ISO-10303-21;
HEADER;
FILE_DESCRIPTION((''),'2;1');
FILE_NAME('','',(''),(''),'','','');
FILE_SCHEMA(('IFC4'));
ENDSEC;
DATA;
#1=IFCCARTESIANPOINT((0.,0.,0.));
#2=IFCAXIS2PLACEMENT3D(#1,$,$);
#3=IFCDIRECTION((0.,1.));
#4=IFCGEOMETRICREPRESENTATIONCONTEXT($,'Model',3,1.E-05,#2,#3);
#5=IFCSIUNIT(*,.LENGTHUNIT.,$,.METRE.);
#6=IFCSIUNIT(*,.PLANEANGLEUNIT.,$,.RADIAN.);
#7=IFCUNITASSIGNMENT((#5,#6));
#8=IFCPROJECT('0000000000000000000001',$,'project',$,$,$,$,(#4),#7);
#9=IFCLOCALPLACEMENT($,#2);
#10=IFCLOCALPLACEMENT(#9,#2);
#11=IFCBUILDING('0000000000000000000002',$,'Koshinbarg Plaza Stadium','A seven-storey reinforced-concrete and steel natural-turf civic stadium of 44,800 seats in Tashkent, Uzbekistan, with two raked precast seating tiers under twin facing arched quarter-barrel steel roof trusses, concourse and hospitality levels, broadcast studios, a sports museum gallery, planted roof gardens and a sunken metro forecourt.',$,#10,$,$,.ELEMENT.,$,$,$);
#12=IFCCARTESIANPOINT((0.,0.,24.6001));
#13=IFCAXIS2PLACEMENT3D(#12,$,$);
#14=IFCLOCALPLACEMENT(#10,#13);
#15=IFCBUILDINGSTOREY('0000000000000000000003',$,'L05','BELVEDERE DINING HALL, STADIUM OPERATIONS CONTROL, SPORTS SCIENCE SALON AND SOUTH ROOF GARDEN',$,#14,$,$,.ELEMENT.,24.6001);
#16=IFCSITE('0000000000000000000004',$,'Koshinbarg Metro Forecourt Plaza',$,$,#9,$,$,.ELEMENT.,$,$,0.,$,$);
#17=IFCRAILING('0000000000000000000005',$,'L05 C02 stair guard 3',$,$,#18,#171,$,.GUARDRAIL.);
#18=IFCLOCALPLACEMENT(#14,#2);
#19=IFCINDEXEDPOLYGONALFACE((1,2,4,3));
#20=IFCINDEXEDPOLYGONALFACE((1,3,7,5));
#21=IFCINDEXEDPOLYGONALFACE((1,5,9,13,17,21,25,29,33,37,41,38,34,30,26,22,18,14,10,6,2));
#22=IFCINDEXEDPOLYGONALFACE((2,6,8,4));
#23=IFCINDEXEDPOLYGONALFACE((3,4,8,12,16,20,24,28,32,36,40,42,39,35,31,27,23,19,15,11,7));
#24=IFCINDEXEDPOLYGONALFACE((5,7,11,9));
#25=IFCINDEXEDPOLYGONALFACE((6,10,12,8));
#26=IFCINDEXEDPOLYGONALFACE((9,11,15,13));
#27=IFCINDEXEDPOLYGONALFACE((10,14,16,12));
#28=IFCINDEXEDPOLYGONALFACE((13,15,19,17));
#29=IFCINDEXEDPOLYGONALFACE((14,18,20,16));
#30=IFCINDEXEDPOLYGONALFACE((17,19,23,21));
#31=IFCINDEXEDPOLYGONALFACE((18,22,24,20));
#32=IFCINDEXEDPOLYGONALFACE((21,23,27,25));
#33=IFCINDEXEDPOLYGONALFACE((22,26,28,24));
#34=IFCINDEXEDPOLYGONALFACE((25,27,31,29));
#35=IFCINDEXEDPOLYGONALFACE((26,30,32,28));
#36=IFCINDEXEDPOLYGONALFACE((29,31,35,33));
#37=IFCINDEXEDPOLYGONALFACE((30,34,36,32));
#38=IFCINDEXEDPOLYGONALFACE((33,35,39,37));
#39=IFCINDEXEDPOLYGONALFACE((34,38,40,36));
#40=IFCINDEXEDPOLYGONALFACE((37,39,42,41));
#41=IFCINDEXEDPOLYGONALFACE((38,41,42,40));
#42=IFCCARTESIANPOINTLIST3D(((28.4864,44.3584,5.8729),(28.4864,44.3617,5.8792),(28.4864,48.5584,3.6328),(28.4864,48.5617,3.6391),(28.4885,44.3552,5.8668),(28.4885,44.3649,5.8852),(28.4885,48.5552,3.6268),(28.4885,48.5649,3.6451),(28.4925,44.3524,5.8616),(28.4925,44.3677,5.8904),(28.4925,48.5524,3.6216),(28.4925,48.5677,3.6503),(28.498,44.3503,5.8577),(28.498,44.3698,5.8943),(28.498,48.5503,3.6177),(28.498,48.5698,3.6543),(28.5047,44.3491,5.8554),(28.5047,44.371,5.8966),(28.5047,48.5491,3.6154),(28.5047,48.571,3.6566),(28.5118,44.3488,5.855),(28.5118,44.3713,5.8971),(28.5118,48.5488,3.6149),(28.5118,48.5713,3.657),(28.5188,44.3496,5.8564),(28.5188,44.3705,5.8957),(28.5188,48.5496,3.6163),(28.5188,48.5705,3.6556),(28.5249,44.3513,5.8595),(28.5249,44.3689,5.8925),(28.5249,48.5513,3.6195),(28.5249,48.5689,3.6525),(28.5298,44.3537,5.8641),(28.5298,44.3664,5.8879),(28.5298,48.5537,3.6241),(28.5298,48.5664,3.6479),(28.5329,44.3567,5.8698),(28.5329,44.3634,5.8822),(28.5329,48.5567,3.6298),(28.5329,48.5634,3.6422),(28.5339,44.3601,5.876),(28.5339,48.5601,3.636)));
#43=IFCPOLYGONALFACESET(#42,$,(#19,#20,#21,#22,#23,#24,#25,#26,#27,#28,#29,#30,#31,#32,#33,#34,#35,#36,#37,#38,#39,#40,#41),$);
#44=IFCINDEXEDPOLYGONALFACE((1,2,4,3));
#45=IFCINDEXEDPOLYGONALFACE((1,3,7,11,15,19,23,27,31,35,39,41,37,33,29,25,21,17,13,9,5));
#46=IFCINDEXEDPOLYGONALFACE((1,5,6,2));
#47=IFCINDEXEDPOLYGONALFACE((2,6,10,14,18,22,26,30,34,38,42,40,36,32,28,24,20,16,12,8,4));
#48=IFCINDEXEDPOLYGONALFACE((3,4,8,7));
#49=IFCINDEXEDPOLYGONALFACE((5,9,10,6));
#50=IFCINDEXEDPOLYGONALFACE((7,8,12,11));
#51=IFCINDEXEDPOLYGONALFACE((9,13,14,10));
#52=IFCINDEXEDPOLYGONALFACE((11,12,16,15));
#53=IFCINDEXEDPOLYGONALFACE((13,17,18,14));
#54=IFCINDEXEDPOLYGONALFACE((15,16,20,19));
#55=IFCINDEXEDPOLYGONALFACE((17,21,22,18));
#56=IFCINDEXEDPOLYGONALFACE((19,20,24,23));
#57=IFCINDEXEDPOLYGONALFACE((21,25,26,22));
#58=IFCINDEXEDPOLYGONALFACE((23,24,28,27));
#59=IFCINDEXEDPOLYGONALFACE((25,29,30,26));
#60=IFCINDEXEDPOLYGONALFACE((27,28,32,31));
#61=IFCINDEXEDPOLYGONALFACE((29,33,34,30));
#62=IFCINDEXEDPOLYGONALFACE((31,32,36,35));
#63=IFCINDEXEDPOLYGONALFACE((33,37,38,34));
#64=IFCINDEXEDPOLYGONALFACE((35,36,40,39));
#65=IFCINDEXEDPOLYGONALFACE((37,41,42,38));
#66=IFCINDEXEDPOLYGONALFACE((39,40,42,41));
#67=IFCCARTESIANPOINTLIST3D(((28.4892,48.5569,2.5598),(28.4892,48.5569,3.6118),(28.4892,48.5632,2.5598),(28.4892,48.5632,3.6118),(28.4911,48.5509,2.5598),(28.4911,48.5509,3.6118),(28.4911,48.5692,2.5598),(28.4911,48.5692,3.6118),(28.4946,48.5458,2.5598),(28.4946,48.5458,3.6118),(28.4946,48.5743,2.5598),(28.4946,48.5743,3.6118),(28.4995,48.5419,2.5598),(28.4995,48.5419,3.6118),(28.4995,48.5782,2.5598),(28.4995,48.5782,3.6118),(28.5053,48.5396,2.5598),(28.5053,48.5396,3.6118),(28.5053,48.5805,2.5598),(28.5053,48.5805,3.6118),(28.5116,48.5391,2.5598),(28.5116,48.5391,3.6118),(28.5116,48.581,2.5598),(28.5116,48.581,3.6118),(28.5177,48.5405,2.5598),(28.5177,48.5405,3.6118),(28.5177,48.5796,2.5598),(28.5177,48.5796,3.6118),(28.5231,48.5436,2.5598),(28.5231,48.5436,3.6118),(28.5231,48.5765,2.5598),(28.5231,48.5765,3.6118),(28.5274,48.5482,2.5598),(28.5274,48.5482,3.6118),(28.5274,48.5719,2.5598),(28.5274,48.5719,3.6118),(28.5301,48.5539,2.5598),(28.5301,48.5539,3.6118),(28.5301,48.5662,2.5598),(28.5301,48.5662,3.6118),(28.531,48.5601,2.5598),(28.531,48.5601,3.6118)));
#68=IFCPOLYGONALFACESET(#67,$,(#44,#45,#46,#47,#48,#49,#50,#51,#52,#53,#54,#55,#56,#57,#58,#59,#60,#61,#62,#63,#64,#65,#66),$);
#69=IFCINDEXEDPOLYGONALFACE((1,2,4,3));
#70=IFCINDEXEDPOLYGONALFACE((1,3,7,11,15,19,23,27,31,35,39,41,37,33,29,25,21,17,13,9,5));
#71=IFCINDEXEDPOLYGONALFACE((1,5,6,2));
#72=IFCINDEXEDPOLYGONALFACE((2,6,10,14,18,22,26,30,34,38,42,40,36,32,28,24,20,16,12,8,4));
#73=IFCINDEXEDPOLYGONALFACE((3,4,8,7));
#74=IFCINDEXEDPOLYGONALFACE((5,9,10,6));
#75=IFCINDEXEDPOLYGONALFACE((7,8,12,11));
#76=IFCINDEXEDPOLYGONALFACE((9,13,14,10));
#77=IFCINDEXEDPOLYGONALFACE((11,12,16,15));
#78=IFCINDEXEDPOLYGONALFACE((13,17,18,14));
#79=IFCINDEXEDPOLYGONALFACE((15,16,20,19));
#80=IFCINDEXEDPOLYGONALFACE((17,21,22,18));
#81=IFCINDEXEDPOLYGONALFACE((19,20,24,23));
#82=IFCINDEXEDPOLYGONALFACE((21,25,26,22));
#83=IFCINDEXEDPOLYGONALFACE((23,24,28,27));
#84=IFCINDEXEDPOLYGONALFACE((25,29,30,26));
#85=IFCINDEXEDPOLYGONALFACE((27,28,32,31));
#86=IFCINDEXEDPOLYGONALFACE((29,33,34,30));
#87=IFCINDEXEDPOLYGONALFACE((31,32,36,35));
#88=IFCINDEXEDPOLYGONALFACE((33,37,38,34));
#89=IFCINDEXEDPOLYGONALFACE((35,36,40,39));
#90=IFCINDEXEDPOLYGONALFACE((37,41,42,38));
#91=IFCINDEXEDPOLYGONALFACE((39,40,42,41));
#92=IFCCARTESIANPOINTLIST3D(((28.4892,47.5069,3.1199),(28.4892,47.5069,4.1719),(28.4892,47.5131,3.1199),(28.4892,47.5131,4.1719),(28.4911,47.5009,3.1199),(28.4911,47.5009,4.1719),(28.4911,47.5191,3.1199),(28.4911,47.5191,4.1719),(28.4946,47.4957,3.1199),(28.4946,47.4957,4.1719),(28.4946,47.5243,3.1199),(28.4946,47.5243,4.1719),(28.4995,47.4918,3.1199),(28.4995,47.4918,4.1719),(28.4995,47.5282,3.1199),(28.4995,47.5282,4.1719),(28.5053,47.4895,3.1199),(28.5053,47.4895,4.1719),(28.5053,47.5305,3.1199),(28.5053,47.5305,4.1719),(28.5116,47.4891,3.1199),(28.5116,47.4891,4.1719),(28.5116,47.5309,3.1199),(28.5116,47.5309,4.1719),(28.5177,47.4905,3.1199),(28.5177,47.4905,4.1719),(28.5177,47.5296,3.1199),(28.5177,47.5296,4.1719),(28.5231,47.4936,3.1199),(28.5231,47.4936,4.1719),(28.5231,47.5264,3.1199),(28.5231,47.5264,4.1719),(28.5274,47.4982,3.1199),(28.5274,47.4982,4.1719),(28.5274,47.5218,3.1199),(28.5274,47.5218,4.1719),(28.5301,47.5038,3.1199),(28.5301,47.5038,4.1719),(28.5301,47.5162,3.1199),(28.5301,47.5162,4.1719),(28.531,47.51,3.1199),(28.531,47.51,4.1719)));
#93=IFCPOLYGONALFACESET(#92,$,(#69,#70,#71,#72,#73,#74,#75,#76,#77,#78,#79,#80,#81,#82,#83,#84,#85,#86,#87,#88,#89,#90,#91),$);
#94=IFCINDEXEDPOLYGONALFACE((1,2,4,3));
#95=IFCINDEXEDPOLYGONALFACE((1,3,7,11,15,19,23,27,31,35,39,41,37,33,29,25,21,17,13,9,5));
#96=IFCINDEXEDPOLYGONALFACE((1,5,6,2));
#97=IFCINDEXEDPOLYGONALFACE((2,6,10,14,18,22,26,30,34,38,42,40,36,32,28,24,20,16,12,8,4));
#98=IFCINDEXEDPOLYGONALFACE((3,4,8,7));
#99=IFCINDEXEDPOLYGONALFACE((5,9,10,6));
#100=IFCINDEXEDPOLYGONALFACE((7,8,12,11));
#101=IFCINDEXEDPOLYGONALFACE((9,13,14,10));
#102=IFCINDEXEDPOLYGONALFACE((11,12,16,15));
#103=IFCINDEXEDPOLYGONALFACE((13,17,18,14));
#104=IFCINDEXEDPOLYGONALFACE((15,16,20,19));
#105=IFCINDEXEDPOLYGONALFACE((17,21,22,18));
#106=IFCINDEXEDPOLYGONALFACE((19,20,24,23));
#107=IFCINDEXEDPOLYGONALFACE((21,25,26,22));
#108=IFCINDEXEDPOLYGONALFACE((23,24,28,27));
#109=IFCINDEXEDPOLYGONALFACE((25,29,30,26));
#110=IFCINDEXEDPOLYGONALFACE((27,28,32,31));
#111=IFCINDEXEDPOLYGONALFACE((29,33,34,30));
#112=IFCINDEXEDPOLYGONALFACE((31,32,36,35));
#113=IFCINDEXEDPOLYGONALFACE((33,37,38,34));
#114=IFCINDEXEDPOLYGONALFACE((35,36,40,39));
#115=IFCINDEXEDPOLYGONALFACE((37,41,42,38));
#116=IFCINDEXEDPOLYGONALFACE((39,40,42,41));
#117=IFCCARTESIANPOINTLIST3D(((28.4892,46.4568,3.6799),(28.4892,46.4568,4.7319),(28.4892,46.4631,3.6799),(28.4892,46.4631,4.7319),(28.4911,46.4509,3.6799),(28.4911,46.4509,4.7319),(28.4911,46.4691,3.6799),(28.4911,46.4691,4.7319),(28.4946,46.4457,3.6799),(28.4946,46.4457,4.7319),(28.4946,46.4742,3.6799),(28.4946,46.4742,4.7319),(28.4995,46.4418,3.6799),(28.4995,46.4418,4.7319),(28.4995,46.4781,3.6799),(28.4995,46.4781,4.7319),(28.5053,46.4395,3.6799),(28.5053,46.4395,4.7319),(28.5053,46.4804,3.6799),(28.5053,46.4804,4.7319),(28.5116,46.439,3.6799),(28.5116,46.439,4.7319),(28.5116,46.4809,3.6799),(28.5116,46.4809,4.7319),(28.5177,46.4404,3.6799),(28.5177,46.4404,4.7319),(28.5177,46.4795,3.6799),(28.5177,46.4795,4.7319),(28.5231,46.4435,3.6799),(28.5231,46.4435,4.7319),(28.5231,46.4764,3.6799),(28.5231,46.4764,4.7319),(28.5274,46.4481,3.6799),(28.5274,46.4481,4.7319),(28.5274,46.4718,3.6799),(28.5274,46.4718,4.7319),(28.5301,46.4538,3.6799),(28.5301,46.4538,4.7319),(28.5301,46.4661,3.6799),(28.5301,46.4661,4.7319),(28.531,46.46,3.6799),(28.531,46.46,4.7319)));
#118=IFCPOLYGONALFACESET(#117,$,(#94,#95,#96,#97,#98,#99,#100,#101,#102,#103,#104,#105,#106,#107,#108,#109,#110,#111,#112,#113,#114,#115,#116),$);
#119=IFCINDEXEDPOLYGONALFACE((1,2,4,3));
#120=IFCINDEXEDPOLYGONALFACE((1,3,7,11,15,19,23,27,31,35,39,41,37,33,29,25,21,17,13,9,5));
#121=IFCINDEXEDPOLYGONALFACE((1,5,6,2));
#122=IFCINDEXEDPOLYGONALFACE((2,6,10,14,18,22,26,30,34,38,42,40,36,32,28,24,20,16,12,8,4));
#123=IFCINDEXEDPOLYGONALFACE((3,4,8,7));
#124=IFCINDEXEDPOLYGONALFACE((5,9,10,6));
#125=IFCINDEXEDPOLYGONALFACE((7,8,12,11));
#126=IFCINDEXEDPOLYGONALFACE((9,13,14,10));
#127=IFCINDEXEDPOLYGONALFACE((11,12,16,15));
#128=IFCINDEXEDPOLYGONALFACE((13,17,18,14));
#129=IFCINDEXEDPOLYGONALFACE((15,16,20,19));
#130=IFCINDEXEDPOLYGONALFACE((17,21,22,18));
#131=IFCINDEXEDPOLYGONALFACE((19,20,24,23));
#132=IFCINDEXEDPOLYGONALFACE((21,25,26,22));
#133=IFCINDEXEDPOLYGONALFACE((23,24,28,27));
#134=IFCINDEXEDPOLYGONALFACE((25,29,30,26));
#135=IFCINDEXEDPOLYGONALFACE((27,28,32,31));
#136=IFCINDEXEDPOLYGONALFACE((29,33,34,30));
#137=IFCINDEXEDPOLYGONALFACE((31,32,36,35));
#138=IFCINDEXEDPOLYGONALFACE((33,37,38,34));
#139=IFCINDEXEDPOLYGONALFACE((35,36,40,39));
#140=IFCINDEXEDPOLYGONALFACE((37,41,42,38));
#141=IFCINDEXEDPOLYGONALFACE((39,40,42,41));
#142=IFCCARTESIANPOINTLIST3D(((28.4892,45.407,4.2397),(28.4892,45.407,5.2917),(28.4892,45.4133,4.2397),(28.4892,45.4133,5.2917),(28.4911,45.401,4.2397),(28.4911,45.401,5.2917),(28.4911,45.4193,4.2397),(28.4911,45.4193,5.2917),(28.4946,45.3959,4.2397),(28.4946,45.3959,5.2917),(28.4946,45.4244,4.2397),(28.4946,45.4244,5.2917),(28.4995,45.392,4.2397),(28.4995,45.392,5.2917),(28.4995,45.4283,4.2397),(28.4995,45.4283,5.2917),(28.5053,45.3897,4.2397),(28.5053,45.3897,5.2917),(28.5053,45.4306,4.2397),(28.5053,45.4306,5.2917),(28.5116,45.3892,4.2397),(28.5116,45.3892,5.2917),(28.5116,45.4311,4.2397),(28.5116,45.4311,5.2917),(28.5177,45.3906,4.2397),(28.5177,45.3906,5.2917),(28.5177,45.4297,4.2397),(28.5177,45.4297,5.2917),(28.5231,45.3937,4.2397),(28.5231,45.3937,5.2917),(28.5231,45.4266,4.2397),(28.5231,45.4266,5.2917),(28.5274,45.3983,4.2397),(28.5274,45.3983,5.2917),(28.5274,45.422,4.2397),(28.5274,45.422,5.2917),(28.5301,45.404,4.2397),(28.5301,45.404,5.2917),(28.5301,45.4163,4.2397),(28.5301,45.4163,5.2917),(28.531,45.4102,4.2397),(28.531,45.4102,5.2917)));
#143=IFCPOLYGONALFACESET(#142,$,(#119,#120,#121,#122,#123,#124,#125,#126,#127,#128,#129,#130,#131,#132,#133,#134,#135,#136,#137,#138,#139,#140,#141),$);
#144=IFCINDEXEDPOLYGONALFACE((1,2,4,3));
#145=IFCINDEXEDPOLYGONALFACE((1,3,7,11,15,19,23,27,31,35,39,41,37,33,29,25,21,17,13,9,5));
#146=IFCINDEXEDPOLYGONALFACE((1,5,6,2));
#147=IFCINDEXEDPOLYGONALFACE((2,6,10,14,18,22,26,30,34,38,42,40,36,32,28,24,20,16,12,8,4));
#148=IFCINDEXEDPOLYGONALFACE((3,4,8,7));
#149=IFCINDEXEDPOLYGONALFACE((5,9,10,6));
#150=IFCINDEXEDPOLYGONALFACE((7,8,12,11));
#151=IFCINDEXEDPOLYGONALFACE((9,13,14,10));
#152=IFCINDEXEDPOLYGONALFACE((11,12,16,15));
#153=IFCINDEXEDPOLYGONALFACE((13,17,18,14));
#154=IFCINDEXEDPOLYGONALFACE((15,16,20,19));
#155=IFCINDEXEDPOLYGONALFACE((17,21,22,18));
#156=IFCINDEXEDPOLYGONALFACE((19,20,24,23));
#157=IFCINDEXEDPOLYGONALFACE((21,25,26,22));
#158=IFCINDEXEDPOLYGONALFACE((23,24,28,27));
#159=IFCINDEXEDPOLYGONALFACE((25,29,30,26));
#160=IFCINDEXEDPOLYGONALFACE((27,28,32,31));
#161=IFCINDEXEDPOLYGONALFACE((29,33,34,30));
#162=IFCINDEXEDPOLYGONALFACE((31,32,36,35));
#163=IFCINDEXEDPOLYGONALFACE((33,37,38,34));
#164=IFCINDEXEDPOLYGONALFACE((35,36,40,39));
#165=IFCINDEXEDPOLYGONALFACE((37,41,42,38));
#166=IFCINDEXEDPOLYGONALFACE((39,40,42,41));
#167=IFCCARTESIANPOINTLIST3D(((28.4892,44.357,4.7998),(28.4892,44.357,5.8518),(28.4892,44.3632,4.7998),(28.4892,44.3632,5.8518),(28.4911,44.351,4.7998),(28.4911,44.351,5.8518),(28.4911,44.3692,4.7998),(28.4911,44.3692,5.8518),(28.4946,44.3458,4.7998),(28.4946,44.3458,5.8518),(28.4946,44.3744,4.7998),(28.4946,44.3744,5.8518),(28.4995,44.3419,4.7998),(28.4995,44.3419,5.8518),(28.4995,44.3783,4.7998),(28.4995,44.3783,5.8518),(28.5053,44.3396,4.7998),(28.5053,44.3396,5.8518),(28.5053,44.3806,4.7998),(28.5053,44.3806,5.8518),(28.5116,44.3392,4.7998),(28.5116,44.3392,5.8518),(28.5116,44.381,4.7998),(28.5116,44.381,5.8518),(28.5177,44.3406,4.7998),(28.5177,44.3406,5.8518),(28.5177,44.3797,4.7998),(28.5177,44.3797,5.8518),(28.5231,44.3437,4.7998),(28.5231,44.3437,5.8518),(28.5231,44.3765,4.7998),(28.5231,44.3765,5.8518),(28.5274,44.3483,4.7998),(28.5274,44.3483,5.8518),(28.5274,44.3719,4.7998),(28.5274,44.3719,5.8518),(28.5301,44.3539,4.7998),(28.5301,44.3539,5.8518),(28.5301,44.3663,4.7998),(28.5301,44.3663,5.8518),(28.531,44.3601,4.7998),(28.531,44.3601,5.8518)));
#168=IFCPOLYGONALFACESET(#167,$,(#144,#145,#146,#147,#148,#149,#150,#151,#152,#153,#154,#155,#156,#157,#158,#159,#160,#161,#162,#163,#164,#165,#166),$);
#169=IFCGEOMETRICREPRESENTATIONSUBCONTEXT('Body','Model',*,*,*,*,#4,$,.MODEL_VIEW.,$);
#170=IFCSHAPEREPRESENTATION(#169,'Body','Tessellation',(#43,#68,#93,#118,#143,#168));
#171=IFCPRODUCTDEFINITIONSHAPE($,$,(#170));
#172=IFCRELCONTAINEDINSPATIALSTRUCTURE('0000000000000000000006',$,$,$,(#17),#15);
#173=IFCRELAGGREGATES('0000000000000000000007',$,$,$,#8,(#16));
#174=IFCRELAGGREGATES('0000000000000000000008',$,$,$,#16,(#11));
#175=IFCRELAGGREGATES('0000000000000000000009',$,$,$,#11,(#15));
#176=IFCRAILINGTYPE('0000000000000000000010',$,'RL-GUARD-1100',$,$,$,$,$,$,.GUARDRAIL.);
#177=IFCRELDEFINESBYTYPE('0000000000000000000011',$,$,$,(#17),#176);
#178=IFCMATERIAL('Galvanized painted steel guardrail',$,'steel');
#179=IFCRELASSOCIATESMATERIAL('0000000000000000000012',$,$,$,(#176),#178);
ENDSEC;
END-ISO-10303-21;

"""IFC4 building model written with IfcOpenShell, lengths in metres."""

from ifc_helpers import new_model, si_unit, direction, frame, origin, origin_2d, place, context, subcontext, project, spatial, circle, extrude, material, type_object, element, save


model = new_model("IFC4")

# Units and contexts
model_context = context("Model", 3, precision=1e-05, world=origin(), true_north=direction((0.0, 1.0)))
body_context = subcontext(model_context, "Body", "Model", "MODEL_VIEW")
ifc_project = project(units=[si_unit("LENGTHUNIT", "METRE"), si_unit("PLANEANGLEUNIT", "RADIAN")], contexts=[model_context])

# Site, building, storey
site_placement = place(None, origin())
site = spatial("IfcSite", under=ifc_project, at=site_placement, Name="Koshinbarg Metro Forecourt Plaza", CompositionType="ELEMENT", RefElevation=0.0)
building_placement = place(site_placement, origin())
building = spatial("IfcBuilding", under=site, at=building_placement, Name="Koshinbarg Plaza Stadium", Description="A seven-storey reinforced-concrete and steel natural-turf civic stadium of 44,800 seats in Tashkent, Uzbekistan, with two raked precast seating tiers under twin facing arched quarter-barrel steel roof trusses, concourse and hospitality levels, broadcast studios, a sports museum gallery, planted roof gardens and a sunken metro forecourt.", CompositionType="ELEMENT")
storey_placement = place(building_placement, frame((0.0, 0.0, 24.6001)))
storey = spatial("IfcBuildingStorey", under=building, at=storey_placement, Name="L05", Description="BELVEDERE DINING HALL, STADIUM OPERATIONS CONTROL, SPORTS SCIENCE SALON AND SOUTH ROOF GARDEN", CompositionType="ELEMENT", Elevation=24.6001)

# Railing
ifc_material_1 = material(Name="Galvanized painted steel guardrail", Category="steel")
railing_type_1 = type_object("IfcRailingType", Name="RL-GUARD-1100", PredefinedType="GUARDRAIL", material=ifc_material_1)
railing_1_placement = place(storey_placement, frame((28.51, 48.5601, 2.5598)))
element("IfcRailing", 1, at=railing_1_placement, inside=storey, type_object=railing_type_1, Name="L05 C02 stair guard 3", PredefinedType="GUARDRAIL", context=body_context, shape_type="SweptSolid", body=[
    extrude(circle(Radius=0.0239, at=origin_2d()), frame((0.0, 0.0, 1.0762), z_axis=(0.0, -0.882352, 0.470591), x_axis=(1.0, 0.0, 0.0)), (0.0, 0.0, 1.0), 4.76),
    extrude(circle(Radius=0.021, at=origin_2d()), origin(), (0.0, 0.0, 1.0), 1.052),
    extrude(circle(Radius=0.021, at=origin_2d()), frame((0.0, -1.05, 0.5601)), (0.0, 0.0, 1.0), 1.052),
    extrude(circle(Radius=0.021, at=origin_2d()), frame((0.0, -2.1001, 1.1201)), (0.0, 0.0, 1.0), 1.052),
    extrude(circle(Radius=0.021, at=origin_2d()), frame((0.0, -3.1499, 1.6799)), (0.0, 0.0, 1.0), 1.052),
    extrude(circle(Radius=0.021, at=origin_2d()), frame((0.0, -4.2, 2.24)), (0.0, 0.0, 1.0), 1.052),
])

save(model, "model.ifc")
